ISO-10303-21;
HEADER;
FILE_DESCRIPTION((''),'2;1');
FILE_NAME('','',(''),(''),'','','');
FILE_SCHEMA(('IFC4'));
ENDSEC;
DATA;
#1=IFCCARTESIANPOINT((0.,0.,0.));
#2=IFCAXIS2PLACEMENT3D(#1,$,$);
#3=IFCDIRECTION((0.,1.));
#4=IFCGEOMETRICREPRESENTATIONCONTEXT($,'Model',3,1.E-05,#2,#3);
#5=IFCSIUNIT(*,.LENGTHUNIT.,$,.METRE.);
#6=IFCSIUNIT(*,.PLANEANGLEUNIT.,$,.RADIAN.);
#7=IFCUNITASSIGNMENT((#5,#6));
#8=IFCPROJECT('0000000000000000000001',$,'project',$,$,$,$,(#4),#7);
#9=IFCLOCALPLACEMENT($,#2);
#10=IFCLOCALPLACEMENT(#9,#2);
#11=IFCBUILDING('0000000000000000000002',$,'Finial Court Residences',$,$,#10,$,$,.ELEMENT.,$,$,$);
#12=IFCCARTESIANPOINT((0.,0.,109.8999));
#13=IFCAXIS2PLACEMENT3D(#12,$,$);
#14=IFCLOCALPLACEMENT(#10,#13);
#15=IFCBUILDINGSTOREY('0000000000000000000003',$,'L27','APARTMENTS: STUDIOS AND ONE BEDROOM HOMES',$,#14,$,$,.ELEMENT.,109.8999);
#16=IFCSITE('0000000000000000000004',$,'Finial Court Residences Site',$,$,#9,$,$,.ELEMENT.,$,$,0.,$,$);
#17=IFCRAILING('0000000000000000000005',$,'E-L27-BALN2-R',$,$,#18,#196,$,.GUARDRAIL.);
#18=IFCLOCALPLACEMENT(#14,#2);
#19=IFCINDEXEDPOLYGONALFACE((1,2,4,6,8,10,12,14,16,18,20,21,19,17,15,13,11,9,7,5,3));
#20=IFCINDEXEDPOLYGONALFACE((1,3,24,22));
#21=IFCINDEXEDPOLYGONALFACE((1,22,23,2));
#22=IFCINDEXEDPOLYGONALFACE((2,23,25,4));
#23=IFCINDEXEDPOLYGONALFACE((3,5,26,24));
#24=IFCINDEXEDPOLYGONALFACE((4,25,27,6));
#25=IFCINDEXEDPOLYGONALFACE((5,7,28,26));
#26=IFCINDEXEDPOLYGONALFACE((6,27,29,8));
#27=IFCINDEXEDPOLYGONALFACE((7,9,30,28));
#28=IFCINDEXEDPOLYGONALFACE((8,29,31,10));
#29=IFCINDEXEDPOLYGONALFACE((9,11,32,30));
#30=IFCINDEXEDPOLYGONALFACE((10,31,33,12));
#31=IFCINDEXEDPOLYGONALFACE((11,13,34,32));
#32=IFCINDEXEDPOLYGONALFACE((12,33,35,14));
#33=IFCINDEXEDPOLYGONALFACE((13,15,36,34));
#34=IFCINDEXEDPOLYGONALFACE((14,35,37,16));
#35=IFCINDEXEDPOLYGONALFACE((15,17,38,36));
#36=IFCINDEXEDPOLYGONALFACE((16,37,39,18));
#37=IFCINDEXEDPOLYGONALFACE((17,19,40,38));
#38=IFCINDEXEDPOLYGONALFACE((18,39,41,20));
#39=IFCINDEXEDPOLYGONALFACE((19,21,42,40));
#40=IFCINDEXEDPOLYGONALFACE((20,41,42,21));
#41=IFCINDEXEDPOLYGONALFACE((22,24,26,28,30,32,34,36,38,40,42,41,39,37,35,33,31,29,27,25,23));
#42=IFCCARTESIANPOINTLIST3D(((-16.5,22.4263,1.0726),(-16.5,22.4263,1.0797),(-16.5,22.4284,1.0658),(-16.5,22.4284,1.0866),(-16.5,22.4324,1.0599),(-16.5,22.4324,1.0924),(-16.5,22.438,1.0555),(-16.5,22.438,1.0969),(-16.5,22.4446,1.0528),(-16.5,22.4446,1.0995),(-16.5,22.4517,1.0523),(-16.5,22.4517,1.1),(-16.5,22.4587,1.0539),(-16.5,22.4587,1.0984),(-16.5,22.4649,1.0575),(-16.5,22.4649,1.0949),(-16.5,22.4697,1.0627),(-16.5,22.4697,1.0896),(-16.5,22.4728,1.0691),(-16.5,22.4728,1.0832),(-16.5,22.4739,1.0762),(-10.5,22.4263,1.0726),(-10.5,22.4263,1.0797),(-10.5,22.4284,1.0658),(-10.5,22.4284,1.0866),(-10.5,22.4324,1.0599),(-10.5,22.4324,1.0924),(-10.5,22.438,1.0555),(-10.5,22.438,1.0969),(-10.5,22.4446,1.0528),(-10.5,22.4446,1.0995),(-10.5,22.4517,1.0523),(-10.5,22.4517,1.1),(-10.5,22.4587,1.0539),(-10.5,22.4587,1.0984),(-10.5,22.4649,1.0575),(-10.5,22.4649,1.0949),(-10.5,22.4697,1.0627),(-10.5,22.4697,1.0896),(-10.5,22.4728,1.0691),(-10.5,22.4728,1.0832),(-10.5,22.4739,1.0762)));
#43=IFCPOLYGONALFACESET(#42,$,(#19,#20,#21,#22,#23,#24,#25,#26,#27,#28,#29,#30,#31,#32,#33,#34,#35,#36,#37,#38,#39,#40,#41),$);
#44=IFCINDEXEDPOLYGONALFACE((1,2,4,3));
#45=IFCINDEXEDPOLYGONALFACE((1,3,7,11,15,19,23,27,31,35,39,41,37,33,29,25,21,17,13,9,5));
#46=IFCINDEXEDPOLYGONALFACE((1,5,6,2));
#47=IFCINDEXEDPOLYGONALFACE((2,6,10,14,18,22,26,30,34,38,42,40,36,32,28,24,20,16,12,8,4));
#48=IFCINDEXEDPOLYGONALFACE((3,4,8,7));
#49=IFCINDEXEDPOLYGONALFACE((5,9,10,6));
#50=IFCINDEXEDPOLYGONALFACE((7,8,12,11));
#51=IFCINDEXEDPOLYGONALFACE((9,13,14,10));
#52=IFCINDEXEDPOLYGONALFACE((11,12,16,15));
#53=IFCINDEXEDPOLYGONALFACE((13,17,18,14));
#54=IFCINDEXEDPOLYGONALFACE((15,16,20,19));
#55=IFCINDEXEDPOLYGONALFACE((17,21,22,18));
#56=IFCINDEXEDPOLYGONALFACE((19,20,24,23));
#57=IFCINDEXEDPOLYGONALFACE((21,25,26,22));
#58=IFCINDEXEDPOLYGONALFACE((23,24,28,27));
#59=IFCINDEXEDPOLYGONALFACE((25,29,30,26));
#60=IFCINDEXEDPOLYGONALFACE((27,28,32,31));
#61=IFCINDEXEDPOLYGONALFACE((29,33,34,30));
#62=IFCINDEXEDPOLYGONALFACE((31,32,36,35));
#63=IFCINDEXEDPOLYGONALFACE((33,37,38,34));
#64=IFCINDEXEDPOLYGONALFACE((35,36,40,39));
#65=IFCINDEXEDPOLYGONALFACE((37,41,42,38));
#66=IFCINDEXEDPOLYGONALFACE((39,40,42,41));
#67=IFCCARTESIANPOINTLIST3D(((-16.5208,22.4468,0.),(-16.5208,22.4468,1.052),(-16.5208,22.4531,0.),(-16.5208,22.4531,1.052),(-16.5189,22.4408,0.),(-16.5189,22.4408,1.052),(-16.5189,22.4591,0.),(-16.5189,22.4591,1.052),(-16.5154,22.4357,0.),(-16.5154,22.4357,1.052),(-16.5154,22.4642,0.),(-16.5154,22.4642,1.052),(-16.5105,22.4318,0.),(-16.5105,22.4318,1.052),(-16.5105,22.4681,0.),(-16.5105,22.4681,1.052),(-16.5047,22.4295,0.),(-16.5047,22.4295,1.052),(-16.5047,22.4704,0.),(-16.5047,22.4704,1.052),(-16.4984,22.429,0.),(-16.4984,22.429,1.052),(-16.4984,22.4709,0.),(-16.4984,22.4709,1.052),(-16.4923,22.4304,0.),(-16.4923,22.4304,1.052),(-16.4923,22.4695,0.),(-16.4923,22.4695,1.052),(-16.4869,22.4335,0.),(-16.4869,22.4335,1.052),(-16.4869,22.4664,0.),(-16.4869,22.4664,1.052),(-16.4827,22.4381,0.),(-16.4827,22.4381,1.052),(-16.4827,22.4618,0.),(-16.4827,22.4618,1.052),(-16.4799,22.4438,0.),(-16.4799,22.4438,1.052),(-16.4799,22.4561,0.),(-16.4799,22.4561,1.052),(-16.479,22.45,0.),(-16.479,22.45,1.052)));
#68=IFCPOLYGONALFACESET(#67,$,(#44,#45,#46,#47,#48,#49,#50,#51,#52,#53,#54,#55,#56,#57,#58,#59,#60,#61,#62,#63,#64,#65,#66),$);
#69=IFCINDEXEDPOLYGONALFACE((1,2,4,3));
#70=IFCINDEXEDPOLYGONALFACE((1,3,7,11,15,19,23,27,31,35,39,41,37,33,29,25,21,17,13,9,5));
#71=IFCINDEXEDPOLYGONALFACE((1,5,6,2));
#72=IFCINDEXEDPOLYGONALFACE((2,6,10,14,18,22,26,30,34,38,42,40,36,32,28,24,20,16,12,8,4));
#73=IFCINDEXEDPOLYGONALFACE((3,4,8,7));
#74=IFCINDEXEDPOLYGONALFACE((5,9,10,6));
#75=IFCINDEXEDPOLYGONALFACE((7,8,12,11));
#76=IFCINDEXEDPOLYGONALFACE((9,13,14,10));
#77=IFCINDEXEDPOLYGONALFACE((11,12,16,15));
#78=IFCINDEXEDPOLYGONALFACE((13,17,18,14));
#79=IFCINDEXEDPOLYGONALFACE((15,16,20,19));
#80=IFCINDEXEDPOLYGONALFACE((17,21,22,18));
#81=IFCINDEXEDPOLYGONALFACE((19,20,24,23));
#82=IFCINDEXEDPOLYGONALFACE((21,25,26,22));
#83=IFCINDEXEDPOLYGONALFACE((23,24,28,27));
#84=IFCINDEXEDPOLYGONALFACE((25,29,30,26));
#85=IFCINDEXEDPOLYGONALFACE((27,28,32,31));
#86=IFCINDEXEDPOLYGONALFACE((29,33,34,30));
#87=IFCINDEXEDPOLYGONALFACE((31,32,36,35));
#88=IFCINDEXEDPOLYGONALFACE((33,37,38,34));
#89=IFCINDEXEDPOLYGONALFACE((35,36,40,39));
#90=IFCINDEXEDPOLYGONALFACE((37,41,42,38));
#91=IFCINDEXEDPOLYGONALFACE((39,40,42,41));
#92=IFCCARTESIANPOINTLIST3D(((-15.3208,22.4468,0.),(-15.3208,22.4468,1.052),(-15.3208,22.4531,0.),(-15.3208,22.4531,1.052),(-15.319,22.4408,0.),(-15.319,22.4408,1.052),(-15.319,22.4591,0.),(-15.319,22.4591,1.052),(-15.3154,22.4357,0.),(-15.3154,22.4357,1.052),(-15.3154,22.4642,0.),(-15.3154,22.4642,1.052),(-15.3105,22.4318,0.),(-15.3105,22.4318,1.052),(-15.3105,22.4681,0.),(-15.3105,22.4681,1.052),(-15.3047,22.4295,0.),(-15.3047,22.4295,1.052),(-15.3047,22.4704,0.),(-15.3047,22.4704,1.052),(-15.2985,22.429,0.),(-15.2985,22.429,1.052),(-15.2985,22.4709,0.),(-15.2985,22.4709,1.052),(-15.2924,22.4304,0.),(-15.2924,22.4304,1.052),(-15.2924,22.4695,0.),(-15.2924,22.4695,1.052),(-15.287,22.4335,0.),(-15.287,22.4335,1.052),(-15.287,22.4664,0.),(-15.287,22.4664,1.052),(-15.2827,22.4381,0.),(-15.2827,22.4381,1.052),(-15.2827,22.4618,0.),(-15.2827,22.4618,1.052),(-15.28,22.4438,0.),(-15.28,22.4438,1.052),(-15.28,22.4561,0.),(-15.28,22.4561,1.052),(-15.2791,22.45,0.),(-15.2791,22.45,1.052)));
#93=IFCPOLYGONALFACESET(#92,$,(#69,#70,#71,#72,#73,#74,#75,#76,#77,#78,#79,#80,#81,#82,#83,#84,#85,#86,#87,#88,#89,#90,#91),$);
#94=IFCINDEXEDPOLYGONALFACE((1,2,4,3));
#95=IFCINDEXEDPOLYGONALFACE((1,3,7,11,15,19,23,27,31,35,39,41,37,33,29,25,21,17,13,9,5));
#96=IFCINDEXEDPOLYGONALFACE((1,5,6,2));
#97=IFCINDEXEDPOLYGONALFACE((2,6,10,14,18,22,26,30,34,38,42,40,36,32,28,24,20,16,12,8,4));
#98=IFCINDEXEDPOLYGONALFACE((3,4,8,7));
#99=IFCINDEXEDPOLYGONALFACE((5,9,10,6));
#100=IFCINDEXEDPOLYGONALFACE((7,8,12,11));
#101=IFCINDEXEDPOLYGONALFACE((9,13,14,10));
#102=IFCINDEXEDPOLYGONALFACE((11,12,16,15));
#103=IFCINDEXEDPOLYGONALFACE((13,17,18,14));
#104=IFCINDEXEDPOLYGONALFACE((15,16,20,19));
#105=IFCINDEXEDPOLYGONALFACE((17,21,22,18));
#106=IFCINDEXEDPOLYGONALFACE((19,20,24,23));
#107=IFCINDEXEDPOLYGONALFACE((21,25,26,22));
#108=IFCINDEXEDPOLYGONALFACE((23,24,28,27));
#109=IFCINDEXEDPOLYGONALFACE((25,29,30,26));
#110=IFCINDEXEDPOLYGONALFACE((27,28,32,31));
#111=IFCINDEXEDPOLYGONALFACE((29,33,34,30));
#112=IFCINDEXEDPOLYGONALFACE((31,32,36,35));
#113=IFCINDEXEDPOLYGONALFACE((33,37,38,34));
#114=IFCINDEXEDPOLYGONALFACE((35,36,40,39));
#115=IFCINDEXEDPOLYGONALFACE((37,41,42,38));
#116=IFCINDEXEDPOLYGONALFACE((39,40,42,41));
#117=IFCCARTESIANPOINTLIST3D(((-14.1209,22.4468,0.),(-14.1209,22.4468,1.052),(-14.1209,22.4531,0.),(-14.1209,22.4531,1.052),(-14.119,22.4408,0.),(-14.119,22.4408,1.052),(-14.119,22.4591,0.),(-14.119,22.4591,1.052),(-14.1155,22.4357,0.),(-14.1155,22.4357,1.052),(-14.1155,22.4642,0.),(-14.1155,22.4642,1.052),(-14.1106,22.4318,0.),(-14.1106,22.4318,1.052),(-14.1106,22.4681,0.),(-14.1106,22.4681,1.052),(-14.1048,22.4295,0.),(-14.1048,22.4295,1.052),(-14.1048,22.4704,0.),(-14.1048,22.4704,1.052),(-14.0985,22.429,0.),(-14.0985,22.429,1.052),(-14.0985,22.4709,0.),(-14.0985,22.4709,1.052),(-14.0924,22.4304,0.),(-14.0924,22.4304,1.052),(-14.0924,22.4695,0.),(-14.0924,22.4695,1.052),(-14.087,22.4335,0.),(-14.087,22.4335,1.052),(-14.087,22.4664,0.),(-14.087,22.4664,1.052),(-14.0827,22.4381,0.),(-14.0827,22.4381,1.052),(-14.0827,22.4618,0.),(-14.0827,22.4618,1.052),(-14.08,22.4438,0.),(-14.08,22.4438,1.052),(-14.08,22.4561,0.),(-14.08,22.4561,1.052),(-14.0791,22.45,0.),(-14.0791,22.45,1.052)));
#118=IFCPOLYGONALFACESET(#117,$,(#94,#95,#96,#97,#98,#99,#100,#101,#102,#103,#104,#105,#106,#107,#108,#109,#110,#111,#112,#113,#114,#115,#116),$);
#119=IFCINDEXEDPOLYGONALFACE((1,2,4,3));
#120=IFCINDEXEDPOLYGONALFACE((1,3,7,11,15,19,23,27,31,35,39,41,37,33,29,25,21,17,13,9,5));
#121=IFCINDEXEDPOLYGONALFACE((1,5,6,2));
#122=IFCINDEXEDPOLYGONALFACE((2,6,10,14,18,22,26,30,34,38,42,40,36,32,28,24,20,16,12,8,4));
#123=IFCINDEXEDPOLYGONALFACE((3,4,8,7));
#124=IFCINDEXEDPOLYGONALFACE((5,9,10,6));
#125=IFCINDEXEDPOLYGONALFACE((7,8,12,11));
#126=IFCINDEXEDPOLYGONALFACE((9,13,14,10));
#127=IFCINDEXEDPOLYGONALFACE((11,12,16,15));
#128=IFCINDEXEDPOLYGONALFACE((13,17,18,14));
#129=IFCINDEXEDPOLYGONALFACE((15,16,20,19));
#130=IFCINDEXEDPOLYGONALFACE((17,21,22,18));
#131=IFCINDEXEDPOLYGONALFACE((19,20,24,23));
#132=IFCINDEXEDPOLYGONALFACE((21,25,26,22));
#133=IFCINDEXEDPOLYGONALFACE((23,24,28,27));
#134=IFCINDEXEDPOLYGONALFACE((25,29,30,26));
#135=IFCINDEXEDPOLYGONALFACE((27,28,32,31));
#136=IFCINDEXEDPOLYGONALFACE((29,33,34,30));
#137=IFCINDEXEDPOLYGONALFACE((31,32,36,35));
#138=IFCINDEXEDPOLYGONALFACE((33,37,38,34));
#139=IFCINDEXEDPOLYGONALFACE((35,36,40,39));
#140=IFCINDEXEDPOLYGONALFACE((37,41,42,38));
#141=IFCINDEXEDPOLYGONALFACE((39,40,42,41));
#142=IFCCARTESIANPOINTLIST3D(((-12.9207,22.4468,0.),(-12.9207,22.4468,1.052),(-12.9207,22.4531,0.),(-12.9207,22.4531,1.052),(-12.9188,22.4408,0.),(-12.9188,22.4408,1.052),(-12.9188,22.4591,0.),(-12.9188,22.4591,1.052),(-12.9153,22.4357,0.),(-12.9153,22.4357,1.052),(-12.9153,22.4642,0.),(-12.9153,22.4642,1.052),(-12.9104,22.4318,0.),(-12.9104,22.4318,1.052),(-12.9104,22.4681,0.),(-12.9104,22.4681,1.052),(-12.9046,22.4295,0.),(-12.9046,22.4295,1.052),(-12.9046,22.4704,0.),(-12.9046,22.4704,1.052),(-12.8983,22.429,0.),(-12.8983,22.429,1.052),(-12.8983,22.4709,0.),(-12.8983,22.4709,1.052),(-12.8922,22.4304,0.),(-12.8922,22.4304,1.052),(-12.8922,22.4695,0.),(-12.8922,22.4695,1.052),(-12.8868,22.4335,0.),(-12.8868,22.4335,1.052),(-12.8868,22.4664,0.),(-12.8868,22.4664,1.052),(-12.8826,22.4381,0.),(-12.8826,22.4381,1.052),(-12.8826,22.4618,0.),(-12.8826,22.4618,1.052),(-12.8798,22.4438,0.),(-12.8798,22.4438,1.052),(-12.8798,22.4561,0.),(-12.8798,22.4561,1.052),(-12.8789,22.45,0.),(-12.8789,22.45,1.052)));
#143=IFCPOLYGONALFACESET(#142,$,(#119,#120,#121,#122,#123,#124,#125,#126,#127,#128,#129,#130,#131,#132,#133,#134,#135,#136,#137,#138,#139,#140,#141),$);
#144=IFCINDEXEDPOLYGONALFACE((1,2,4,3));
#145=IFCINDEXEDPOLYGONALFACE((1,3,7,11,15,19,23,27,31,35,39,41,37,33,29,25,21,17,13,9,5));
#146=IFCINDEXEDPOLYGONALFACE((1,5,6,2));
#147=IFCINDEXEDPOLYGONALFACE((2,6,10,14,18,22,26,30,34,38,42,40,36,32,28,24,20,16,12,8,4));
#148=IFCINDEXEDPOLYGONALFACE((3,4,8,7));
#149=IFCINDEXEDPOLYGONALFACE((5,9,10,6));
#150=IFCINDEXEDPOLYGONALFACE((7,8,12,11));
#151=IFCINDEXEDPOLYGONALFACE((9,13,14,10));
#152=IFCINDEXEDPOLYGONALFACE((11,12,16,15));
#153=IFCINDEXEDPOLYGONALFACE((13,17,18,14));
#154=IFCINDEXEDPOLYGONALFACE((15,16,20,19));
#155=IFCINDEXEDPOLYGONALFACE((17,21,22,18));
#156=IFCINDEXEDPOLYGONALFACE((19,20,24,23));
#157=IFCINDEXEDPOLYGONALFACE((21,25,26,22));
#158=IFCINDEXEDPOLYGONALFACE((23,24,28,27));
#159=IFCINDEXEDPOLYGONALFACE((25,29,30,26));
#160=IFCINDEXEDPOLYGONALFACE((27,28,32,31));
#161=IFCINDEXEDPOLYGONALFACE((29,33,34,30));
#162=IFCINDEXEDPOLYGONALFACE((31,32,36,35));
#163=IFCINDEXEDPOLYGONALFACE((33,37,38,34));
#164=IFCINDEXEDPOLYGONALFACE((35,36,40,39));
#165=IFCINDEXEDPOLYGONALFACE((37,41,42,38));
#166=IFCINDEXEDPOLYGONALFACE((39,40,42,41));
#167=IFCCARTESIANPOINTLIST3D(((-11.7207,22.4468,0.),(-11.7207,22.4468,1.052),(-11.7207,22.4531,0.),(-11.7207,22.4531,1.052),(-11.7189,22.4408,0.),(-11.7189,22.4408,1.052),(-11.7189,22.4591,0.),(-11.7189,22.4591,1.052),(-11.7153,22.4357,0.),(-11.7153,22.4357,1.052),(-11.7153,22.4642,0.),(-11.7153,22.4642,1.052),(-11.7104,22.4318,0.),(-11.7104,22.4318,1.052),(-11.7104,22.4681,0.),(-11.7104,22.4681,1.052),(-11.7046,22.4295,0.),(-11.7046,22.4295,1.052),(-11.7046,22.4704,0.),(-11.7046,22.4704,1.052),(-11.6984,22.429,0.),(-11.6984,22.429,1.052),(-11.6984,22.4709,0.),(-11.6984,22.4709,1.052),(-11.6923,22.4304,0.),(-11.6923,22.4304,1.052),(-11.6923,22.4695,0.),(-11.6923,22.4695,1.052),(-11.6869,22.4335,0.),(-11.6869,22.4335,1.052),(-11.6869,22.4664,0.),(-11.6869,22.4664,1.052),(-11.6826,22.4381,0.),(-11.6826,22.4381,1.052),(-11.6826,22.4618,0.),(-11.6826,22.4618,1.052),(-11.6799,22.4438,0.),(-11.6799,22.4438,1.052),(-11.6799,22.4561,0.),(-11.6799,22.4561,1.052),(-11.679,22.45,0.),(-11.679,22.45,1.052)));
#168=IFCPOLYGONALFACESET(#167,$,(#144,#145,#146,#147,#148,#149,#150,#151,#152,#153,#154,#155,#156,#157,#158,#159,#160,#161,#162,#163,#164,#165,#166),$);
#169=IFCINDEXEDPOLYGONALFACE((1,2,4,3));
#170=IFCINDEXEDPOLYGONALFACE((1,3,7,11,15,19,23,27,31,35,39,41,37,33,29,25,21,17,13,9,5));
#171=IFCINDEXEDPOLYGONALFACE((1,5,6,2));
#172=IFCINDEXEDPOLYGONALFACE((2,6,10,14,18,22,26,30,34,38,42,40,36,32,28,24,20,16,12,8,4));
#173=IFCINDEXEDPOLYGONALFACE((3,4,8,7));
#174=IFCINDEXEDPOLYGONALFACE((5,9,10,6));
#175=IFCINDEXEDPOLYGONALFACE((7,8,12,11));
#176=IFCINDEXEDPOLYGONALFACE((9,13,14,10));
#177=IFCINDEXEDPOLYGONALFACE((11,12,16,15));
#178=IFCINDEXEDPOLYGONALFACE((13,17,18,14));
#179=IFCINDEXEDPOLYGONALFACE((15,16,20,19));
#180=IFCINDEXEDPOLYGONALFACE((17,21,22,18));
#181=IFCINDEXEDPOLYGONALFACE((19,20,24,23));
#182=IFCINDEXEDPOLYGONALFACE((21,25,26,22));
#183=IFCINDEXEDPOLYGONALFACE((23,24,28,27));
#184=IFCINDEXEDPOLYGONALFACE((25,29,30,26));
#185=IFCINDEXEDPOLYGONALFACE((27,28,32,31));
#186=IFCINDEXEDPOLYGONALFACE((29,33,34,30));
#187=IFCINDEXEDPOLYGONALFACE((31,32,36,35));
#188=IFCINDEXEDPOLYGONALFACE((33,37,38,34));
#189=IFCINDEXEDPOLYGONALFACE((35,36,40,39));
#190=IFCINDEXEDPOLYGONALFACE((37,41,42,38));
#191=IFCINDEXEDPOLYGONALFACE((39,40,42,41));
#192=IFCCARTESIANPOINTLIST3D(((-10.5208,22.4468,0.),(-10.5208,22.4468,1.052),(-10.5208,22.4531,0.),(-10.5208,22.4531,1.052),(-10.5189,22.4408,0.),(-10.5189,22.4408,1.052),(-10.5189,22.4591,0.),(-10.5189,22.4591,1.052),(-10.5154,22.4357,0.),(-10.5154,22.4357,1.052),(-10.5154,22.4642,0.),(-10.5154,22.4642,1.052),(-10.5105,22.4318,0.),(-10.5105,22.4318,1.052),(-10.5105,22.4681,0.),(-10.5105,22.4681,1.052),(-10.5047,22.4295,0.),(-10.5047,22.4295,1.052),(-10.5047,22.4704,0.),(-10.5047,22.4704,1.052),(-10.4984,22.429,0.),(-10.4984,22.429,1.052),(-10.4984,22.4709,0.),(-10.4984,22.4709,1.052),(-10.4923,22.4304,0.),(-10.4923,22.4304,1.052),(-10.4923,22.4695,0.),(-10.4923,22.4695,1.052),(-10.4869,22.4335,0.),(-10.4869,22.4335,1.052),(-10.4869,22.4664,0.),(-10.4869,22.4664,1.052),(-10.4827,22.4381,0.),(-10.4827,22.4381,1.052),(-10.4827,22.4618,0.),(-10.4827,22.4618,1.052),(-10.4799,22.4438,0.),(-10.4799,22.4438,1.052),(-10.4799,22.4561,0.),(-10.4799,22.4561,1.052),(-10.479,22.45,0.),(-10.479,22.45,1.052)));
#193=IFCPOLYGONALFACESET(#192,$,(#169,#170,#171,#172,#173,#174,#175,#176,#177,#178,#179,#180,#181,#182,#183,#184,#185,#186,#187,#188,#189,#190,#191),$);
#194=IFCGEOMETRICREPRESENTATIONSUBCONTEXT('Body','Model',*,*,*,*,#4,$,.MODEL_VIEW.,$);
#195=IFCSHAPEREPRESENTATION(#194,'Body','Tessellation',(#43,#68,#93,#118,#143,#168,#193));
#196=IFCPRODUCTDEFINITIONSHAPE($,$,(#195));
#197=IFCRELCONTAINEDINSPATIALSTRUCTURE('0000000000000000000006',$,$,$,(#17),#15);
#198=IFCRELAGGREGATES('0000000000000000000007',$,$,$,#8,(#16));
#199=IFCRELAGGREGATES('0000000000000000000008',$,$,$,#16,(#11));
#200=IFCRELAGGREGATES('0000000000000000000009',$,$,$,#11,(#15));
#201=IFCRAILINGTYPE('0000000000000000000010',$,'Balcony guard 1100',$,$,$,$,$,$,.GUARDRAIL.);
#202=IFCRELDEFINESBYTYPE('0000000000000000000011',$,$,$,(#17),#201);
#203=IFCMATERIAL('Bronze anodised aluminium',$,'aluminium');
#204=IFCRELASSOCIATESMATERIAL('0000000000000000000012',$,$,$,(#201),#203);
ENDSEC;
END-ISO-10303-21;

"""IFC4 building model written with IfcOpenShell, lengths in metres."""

from ifc_helpers import new_model, si_unit, direction, frame, origin, origin_2d, place, context, subcontext, project, spatial, circle, extrude, material, type_object, element, save


model = new_model("IFC4")

# Units and contexts
model_context = context("Model", 3, precision=1e-05, world=origin(), true_north=direction((0.0, 1.0)))
body_context = subcontext(model_context, "Body", "Model", "MODEL_VIEW")
ifc_project = project(units=[si_unit("LENGTHUNIT", "METRE"), si_unit("PLANEANGLEUNIT", "RADIAN")], contexts=[model_context])

# Site, building, storey
site_placement = place(None, origin())
site = spatial("IfcSite", under=ifc_project, at=site_placement, Name="Finial Court Residences Site", CompositionType="ELEMENT", RefElevation=0.0)
building_placement = place(site_placement, origin())
building = spatial("IfcBuilding", under=site, at=building_placement, Name="Finial Court Residences", CompositionType="ELEMENT")
storey_placement = place(building_placement, frame((0.0, 0.0, 109.8999)))
storey = spatial("IfcBuildingStorey", under=building, at=storey_placement, Name="L27", Description="APARTMENTS: STUDIOS AND ONE BEDROOM HOMES", CompositionType="ELEMENT", Elevation=109.8999)

# Shared definitions
ifc_material_1 = material(Name="Bronze anodised aluminium", Category="aluminium")

# Railing
railing_type = type_object("IfcRailingType", Name="Balcony guard 1100", PredefinedType="GUARDRAIL", material=ifc_material_1)
for number, where, name in (
    (1, (-16.5, 22.45, 0.0), "E-L27-BALN2-R"),
):
    element("IfcRailing", number, at=place(storey_placement, frame(where)), inside=storey, type_object=railing_type, Name=name, PredefinedType="GUARDRAIL", context=body_context, shape_type="SweptSolid", body=[
        extrude(circle(Radius=0.0239, at=origin_2d()), frame((0.0, 0.0, 1.0762), z_axis=(1.0, 0.0, 0.0), x_axis=(0.0, 1.0, 0.0)), (0.0, 0.0, 1.0), 6.0),
        extrude(circle(Radius=0.021, at=origin_2d()), origin(), (0.0, 0.0, 1.0), 1.052),
        extrude(circle(Radius=0.021, at=origin_2d()), frame((1.2, 0.0, 0.0)), (0.0, 0.0, 1.0), 1.052),
        extrude(circle(Radius=0.021, at=origin_2d()), frame((2.3999, 0.0, 0.0)), (0.0, 0.0, 1.0), 1.052),
        extrude(circle(Radius=0.021, at=origin_2d()), frame((3.6001, 0.0, 0.0)), (0.0, 0.0, 1.0), 1.052),
        extrude(circle(Radius=0.021, at=origin_2d()), frame((4.8, 0.0, 0.0)), (0.0, 0.0, 1.0), 1.052),
        extrude(circle(Radius=0.021, at=origin_2d()), frame((6.0, 0.0, 0.0)), (0.0, 0.0, 1.0), 1.052),
    ])

save(model, "model.ifc")
